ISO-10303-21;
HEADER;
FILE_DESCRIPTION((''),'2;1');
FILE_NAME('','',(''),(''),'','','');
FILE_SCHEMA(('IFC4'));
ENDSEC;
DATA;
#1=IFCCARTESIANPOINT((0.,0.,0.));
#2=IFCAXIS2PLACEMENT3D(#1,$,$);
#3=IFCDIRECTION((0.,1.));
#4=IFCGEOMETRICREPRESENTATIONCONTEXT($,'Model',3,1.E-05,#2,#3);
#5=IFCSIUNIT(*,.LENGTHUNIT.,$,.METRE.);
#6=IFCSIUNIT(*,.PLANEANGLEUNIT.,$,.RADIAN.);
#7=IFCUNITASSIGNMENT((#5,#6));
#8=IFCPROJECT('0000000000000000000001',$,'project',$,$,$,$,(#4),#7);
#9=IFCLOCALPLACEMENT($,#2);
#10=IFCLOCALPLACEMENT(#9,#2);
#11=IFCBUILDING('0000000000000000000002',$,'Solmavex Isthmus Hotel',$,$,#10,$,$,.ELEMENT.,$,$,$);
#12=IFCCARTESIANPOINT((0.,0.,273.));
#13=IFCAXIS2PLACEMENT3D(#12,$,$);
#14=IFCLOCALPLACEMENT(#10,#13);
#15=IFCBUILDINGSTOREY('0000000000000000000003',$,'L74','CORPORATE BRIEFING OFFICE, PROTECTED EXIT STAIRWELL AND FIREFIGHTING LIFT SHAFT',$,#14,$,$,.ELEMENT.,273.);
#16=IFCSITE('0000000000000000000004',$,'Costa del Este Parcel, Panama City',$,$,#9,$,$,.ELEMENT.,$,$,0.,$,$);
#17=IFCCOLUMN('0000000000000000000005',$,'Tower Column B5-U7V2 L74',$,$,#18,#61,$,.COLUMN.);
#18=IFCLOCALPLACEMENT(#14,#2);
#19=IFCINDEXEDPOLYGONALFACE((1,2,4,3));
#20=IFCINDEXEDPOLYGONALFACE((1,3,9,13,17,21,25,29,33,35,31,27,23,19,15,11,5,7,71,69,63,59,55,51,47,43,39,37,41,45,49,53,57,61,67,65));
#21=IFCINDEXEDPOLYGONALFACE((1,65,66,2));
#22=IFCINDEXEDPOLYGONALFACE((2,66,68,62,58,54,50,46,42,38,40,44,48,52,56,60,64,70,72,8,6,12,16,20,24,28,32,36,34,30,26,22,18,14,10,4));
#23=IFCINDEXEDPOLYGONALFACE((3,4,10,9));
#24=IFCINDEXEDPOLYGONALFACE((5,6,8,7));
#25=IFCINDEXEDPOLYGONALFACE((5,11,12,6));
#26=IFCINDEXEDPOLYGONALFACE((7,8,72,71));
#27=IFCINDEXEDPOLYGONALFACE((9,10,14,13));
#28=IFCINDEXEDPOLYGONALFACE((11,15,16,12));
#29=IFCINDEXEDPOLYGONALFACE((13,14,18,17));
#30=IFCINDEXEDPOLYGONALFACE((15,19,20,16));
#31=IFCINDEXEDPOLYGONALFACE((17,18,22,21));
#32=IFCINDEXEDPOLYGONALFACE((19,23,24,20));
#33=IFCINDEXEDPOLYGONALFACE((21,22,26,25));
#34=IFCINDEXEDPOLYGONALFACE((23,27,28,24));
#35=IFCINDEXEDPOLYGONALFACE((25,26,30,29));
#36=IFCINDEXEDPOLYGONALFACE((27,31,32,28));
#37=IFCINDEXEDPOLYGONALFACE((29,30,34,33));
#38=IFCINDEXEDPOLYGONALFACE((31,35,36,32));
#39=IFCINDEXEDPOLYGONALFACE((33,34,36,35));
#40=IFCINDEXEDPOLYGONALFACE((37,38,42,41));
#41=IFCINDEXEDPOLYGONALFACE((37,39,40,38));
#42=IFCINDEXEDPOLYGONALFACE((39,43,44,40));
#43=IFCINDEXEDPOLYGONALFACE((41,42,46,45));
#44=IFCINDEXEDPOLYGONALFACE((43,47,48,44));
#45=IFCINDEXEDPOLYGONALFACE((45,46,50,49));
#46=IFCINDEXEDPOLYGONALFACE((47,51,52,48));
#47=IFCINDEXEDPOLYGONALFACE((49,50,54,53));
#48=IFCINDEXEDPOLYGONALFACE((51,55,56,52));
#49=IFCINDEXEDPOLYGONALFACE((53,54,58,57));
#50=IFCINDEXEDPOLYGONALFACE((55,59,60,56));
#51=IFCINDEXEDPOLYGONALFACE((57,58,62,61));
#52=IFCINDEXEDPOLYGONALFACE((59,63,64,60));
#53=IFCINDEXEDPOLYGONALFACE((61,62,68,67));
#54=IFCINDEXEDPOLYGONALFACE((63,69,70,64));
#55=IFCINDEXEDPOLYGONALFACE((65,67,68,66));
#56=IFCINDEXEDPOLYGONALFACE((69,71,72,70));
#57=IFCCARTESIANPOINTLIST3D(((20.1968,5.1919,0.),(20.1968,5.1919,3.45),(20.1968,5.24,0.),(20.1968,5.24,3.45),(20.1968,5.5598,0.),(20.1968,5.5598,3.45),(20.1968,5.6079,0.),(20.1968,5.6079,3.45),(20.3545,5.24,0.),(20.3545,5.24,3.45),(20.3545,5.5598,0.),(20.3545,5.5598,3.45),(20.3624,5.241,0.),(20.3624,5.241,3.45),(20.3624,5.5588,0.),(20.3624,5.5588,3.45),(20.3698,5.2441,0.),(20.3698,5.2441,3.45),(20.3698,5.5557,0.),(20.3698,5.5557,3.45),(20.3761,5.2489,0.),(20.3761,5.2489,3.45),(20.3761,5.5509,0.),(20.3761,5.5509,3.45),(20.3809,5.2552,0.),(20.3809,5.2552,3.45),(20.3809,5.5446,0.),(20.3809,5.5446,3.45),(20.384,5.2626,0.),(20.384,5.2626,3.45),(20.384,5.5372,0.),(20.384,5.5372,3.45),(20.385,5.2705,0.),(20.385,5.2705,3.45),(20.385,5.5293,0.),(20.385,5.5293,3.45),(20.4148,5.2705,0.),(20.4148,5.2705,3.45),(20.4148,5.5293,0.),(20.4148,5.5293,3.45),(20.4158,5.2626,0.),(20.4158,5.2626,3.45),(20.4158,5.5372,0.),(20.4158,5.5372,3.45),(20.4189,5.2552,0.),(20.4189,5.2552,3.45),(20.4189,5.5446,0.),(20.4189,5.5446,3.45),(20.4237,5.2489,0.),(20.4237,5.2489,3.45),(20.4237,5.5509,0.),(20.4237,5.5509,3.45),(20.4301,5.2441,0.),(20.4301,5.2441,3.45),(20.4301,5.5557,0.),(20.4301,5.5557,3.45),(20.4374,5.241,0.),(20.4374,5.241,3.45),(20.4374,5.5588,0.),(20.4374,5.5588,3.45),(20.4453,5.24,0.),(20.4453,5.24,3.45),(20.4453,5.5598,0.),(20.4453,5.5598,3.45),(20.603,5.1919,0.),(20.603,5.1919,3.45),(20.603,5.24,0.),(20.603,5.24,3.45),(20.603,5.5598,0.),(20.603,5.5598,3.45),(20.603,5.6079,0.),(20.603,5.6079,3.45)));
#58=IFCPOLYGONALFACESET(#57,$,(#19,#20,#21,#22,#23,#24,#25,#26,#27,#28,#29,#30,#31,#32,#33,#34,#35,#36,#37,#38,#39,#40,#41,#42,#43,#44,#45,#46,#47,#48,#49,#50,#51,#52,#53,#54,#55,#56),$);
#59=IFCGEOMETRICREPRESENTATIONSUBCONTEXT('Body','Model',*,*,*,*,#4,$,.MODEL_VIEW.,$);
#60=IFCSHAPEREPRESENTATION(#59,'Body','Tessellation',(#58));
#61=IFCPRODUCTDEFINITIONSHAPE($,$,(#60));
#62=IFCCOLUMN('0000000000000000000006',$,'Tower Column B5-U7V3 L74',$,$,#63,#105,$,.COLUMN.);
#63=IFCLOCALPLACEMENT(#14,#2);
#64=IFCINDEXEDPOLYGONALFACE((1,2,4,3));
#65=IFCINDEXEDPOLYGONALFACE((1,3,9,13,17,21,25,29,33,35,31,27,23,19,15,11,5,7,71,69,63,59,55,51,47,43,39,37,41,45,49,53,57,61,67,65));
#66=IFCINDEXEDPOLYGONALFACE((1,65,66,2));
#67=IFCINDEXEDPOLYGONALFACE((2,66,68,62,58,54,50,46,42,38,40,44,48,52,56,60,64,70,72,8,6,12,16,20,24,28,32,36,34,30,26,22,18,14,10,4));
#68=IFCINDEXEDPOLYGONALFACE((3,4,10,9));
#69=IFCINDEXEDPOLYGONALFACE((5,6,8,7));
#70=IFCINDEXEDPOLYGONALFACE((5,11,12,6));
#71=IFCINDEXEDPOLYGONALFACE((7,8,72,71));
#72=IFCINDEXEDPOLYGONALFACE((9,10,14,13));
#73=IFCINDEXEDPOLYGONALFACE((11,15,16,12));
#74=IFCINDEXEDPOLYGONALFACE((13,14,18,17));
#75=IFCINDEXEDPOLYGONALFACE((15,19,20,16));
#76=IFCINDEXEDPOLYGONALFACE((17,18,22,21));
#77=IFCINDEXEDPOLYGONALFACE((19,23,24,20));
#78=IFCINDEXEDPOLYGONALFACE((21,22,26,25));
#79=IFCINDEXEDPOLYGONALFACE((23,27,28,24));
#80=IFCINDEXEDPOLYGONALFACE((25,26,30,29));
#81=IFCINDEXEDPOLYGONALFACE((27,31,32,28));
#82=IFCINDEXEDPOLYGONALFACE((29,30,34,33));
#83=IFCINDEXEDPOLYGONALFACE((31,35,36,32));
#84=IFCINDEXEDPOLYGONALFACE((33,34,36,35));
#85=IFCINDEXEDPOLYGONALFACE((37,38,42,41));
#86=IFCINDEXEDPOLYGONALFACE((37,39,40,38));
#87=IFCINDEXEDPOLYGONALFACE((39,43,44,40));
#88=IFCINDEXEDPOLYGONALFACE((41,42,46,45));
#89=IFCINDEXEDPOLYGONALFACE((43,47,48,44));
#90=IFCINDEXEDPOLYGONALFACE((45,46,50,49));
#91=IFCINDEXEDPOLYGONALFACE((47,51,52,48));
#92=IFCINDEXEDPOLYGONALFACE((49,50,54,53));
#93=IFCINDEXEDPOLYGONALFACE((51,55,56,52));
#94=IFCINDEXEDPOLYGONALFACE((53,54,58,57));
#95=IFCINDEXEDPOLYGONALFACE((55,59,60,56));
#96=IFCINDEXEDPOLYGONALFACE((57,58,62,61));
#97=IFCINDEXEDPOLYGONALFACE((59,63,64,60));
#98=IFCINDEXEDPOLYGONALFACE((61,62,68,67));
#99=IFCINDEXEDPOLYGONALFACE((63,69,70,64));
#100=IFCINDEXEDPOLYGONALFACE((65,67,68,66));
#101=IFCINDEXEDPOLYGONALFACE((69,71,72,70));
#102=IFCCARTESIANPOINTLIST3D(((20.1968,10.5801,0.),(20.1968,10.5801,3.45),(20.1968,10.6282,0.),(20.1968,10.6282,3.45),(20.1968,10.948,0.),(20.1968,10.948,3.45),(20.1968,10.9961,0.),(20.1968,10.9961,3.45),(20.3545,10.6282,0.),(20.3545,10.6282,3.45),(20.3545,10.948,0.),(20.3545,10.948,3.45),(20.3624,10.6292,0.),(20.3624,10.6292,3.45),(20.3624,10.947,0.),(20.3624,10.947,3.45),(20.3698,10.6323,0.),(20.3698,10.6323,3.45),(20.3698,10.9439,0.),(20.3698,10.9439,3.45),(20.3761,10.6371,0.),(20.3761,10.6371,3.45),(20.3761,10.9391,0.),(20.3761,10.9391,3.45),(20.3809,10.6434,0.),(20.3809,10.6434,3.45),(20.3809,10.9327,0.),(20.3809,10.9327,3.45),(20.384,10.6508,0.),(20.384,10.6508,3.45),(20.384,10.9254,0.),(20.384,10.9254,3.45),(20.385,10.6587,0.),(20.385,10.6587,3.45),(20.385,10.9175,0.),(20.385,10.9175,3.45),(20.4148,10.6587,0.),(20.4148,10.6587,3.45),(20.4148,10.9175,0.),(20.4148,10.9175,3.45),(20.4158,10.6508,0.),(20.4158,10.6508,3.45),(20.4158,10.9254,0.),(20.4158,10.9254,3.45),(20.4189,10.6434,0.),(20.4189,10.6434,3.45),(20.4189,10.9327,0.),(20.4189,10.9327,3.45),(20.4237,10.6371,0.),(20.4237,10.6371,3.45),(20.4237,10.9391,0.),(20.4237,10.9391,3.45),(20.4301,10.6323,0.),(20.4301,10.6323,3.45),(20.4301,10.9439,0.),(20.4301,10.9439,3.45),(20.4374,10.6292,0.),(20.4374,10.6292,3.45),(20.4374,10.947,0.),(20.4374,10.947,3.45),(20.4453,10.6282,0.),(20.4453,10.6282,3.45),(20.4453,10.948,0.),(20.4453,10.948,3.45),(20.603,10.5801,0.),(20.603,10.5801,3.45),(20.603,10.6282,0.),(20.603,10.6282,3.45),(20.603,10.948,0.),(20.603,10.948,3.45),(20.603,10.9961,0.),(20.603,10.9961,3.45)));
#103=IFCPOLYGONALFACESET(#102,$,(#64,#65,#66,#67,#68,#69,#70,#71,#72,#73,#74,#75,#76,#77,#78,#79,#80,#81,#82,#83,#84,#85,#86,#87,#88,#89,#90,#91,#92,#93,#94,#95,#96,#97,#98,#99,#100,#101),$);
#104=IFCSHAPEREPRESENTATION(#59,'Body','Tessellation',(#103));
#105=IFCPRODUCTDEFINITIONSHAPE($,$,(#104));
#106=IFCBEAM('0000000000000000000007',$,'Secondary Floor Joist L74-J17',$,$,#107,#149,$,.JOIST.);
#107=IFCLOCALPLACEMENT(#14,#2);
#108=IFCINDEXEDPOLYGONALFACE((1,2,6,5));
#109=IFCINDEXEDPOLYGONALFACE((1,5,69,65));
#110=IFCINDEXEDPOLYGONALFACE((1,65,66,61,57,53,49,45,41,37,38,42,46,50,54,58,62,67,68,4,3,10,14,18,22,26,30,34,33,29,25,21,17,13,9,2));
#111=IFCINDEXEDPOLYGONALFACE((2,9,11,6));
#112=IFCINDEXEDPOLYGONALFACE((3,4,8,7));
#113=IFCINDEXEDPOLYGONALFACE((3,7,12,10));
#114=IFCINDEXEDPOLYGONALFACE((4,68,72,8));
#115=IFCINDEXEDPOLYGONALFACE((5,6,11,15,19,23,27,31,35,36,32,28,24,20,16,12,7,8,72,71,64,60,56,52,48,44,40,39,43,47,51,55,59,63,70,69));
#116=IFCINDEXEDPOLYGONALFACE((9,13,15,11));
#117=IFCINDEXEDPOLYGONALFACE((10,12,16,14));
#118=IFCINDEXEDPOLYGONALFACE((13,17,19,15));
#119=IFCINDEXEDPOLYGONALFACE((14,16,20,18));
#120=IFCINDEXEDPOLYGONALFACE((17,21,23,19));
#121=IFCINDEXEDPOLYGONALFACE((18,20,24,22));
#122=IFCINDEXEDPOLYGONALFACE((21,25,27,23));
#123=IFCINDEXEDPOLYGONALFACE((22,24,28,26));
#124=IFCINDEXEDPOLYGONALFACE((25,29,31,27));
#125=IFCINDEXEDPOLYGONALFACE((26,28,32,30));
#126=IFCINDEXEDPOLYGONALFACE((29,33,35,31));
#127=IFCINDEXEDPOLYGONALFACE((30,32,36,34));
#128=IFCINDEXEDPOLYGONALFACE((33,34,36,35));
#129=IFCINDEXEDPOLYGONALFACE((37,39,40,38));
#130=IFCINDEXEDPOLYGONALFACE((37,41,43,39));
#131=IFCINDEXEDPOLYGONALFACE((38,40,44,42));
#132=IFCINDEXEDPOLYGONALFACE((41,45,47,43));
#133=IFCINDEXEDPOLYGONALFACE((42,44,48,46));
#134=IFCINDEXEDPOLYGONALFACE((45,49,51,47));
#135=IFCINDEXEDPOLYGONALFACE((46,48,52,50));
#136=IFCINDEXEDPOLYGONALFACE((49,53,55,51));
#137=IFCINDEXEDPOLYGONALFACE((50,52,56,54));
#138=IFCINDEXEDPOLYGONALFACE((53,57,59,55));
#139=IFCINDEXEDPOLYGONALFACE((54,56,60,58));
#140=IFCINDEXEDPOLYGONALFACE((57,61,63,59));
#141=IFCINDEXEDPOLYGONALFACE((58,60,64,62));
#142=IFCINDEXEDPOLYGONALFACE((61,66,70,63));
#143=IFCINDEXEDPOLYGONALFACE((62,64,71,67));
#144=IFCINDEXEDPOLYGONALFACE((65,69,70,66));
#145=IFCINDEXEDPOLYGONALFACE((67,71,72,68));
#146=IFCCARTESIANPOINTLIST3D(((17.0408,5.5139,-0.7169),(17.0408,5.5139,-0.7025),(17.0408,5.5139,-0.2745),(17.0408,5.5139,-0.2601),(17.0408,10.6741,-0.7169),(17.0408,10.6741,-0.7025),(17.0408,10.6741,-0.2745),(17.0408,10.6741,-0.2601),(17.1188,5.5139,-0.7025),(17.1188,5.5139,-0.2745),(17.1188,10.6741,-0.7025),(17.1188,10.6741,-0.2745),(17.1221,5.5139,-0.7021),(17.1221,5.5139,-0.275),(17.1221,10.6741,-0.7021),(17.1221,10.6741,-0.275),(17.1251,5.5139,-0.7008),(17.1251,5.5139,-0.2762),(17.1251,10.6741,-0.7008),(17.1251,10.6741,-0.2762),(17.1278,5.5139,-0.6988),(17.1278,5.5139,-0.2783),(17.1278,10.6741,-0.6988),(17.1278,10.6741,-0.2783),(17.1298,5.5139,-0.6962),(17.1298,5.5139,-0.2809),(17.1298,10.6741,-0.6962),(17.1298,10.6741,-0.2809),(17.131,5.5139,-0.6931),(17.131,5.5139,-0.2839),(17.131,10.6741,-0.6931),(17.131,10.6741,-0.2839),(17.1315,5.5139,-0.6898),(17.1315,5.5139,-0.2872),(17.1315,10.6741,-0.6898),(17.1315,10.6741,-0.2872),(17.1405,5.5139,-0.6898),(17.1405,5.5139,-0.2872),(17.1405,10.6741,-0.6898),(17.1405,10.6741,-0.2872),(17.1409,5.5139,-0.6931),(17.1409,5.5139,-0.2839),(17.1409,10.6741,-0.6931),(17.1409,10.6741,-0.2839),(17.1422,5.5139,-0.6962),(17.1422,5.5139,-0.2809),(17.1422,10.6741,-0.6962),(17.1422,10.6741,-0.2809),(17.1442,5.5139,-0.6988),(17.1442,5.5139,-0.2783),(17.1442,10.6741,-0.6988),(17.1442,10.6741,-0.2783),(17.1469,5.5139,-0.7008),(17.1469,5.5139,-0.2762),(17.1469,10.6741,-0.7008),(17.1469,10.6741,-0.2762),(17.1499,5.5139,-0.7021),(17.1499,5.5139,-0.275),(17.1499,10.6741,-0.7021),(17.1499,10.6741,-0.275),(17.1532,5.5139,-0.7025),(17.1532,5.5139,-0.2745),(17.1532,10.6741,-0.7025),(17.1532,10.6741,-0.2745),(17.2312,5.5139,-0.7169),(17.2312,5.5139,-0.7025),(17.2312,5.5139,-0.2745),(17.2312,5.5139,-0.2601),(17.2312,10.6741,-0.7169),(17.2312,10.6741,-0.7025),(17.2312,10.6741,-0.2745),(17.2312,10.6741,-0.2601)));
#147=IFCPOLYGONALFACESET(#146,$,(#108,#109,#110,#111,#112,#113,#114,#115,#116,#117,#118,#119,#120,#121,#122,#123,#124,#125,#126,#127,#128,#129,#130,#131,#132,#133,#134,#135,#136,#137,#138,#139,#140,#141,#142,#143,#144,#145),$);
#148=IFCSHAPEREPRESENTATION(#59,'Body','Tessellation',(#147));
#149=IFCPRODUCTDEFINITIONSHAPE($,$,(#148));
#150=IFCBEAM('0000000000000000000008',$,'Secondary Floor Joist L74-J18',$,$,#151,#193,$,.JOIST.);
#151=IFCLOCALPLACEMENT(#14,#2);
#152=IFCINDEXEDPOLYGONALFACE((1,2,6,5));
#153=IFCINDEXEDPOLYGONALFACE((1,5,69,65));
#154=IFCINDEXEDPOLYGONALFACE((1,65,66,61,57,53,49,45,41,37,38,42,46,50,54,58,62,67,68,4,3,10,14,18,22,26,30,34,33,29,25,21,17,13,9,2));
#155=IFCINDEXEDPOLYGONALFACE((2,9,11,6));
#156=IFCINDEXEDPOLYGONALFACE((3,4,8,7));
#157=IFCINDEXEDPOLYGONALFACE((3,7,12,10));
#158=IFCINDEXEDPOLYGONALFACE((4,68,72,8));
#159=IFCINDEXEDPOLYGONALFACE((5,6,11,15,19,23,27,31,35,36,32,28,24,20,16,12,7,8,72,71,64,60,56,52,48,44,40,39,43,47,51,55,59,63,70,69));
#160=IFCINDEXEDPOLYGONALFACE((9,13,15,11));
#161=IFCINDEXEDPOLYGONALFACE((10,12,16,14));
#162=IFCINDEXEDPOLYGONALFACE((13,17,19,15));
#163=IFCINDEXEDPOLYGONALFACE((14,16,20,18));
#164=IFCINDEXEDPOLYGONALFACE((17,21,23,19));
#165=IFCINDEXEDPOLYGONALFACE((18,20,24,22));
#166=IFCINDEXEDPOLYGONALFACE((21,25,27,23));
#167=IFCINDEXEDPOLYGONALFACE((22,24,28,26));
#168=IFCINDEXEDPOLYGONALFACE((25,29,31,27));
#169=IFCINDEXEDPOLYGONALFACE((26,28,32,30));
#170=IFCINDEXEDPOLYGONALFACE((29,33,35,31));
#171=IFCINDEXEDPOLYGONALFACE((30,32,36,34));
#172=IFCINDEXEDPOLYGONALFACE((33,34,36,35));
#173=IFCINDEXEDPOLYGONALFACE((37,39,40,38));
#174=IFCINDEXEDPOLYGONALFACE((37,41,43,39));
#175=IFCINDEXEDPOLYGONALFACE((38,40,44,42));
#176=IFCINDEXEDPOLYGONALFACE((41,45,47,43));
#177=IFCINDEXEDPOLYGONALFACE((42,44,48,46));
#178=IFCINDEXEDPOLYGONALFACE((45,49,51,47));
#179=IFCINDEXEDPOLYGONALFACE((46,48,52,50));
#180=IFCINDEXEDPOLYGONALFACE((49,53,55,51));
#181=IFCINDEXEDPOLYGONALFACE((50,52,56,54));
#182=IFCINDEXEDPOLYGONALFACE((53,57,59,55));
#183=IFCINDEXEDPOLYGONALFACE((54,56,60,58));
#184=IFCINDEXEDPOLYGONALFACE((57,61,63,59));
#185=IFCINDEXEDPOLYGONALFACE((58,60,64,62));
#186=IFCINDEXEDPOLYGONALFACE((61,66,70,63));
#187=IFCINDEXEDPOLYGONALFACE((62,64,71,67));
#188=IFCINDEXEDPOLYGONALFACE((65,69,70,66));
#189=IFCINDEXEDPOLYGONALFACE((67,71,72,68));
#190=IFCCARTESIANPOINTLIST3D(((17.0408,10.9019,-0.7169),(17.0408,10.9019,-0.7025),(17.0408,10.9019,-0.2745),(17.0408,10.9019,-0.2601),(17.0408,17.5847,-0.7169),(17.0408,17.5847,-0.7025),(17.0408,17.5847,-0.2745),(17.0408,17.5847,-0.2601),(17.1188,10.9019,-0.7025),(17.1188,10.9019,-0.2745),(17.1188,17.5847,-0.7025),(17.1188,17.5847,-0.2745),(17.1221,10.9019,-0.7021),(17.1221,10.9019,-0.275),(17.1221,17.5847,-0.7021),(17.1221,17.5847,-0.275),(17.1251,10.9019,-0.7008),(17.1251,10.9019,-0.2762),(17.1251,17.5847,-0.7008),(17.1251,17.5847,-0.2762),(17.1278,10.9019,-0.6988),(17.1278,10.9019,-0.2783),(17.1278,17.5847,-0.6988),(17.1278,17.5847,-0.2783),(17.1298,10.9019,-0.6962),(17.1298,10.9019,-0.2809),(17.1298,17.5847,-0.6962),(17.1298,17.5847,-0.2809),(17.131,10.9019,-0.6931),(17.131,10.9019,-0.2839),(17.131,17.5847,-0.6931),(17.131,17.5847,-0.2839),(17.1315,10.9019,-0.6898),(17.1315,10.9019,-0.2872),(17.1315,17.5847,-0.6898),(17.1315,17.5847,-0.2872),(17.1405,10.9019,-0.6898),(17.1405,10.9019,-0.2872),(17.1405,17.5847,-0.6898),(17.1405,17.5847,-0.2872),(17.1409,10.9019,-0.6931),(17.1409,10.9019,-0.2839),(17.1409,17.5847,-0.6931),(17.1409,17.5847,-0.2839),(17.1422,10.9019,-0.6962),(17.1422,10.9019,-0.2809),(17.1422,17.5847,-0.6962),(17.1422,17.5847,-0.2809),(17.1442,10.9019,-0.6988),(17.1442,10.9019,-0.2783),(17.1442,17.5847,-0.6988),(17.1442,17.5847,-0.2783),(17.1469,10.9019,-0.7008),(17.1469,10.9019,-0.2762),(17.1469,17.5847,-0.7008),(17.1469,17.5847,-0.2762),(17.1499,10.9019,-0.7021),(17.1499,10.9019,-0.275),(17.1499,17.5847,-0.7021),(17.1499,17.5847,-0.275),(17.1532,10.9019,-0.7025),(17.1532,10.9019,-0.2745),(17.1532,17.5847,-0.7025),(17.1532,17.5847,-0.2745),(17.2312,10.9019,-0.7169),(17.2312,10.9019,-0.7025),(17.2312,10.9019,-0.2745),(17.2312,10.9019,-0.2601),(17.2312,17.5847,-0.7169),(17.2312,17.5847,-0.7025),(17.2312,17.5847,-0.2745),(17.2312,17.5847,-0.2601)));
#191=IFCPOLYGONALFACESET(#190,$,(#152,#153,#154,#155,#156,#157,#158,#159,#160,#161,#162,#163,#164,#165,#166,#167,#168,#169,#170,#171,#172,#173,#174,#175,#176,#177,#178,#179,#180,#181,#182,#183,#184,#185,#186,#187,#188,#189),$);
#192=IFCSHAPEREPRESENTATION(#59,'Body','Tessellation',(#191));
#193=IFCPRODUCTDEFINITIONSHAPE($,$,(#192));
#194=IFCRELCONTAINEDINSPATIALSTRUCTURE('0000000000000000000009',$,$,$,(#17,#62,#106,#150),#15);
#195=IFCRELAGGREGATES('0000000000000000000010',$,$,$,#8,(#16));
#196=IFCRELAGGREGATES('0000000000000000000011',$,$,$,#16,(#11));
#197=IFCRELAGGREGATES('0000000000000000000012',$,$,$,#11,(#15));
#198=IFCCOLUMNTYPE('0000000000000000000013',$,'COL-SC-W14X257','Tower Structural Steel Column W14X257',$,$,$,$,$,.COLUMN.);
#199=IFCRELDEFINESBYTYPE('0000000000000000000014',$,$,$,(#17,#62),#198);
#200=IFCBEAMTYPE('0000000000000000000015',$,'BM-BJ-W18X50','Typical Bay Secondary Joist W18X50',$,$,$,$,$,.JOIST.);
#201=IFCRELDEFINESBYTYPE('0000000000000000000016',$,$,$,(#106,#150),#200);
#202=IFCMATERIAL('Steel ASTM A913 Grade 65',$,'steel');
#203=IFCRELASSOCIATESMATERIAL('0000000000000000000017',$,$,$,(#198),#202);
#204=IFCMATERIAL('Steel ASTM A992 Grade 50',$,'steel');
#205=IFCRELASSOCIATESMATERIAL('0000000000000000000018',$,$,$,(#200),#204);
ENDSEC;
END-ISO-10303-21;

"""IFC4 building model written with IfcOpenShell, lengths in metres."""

from ifc_helpers import new_model, si_unit, direction, frame, origin, origin_2d, place, context, subcontext, project, spatial, i_section, extrude, material, material_profile, profile_set, type_object, element, save


model = new_model("IFC4")

# Units and contexts
model_context = context("Model", 3, precision=1e-05, world=origin(), true_north=direction((0.0, 1.0)))
body_context = subcontext(model_context, "Body", "Model", "MODEL_VIEW")
ifc_project = project(units=[si_unit("LENGTHUNIT", "METRE"), si_unit("PLANEANGLEUNIT", "RADIAN")], contexts=[model_context])

# Site, building, storey
site_placement = place(None, origin())
site = spatial("IfcSite", under=ifc_project, at=site_placement, Name="Costa del Este Parcel, Panama City", CompositionType="ELEMENT", RefElevation=0.0)
building_placement = place(site_placement, origin())
building = spatial("IfcBuilding", under=site, at=building_placement, Name="Solmavex Isthmus Hotel", CompositionType="ELEMENT")
storey_placement = place(building_placement, frame((0.0, 0.0, 273.0)))
storey = spatial("IfcBuildingStorey", under=building, at=storey_placement, Name="L74", Description="CORPORATE BRIEFING OFFICE, PROTECTED EXIT STAIRWELL AND FIREFIGHTING LIFT SHAFT", CompositionType="ELEMENT", Elevation=273.0)

# Columns
ifc_material_1 = material(Name="Steel ASTM A913 Grade 65", Category="steel")
ifc_material_profile_1 = material_profile(ifc_material_1, i_section(OverallWidth=0.4062, OverallDepth=0.416, WebThickness=0.0298, FlangeThickness=0.0481, FilletRadius=0.0305, at=origin_2d()), Name="W14X257")
ifc_profile_set_1 = profile_set([ifc_material_profile_1], Name="Steel ASTM A913 Grade 65")
column_type = type_object("IfcColumnType", Name="COL-SC-W14X257", Description="Tower Structural Steel Column W14X257", PredefinedType="COLUMN", material=ifc_profile_set_1)
for number, where, z_axis, x_axis, name in (
    (1, (20.3999, 5.3999, 0.0), (0.0, 0.0, 1.0), (1.0, 0.0, 0.0), "Tower Column B5-U7V2 L74"),
    (2, (20.3999, 10.7881, 0.0), (0.0, 0.0, 1.0), (1.0, 0.0, 0.0), "Tower Column B5-U7V3 L74"),
):
    element("IfcColumn", number, at=place(storey_placement, frame(where, z_axis=z_axis, x_axis=x_axis)), inside=storey, type_object=column_type, Name=name, PredefinedType="COLUMN", context=body_context, shape_type="SweptSolid", body=[
        extrude(i_section(OverallWidth=0.4062, OverallDepth=0.416, WebThickness=0.0298, FlangeThickness=0.0481, FilletRadius=0.0305, at=origin_2d()), origin(), (0.0, 0.0, 1.0), 3.45),
    ])

# Beams
ifc_material_2 = material(Name="Steel ASTM A992 Grade 50", Category="steel")
ifc_material_profile_2 = material_profile(ifc_material_2, i_section(OverallWidth=0.1904, OverallDepth=0.4568, WebThickness=0.009, FlangeThickness=0.0144, FilletRadius=0.0127, at=origin_2d()), Name="W18X50")
ifc_profile_set_2 = profile_set([ifc_material_profile_2], Name="Steel ASTM A992 Grade 50")
beam_type_1 = type_object("IfcBeamType", Name="BM-BJ-W18X50", Description="Typical Bay Secondary Joist W18X50", PredefinedType="JOIST", material=ifc_profile_set_2)
beam_1_placement = place(storey_placement, frame((17.136, 5.5139, -0.4885), z_axis=(0.0, 1.0, 0.0), x_axis=(-1.0, 0.0, 0.0)))
element("IfcBeam", 3, at=beam_1_placement, inside=storey, type_object=beam_type_1, Name="Secondary Floor Joist L74-J17", PredefinedType="JOIST", context=body_context, shape_type="SweptSolid", body=[
    extrude(i_section(OverallWidth=0.1904, OverallDepth=0.4568, WebThickness=0.009, FlangeThickness=0.0144, FilletRadius=0.0127, at=origin_2d()), origin(), (0.0, 0.0, 1.0), 5.1602),
])
beam_2_placement = place(storey_placement, frame((17.136, 10.9019, -0.4885), z_axis=(0.0, 1.0, 0.0), x_axis=(-1.0, 0.0, 0.0)))
element("IfcBeam", 4, at=beam_2_placement, inside=storey, type_object=beam_type_1, Name="Secondary Floor Joist L74-J18", PredefinedType="JOIST", context=body_context, shape_type="SweptSolid", body=[
    extrude(i_section(OverallWidth=0.1904, OverallDepth=0.4568, WebThickness=0.009, FlangeThickness=0.0144, FilletRadius=0.0127, at=origin_2d()), origin(), (0.0, 0.0, 1.0), 6.6829),
])

save(model, "model.ifc")
